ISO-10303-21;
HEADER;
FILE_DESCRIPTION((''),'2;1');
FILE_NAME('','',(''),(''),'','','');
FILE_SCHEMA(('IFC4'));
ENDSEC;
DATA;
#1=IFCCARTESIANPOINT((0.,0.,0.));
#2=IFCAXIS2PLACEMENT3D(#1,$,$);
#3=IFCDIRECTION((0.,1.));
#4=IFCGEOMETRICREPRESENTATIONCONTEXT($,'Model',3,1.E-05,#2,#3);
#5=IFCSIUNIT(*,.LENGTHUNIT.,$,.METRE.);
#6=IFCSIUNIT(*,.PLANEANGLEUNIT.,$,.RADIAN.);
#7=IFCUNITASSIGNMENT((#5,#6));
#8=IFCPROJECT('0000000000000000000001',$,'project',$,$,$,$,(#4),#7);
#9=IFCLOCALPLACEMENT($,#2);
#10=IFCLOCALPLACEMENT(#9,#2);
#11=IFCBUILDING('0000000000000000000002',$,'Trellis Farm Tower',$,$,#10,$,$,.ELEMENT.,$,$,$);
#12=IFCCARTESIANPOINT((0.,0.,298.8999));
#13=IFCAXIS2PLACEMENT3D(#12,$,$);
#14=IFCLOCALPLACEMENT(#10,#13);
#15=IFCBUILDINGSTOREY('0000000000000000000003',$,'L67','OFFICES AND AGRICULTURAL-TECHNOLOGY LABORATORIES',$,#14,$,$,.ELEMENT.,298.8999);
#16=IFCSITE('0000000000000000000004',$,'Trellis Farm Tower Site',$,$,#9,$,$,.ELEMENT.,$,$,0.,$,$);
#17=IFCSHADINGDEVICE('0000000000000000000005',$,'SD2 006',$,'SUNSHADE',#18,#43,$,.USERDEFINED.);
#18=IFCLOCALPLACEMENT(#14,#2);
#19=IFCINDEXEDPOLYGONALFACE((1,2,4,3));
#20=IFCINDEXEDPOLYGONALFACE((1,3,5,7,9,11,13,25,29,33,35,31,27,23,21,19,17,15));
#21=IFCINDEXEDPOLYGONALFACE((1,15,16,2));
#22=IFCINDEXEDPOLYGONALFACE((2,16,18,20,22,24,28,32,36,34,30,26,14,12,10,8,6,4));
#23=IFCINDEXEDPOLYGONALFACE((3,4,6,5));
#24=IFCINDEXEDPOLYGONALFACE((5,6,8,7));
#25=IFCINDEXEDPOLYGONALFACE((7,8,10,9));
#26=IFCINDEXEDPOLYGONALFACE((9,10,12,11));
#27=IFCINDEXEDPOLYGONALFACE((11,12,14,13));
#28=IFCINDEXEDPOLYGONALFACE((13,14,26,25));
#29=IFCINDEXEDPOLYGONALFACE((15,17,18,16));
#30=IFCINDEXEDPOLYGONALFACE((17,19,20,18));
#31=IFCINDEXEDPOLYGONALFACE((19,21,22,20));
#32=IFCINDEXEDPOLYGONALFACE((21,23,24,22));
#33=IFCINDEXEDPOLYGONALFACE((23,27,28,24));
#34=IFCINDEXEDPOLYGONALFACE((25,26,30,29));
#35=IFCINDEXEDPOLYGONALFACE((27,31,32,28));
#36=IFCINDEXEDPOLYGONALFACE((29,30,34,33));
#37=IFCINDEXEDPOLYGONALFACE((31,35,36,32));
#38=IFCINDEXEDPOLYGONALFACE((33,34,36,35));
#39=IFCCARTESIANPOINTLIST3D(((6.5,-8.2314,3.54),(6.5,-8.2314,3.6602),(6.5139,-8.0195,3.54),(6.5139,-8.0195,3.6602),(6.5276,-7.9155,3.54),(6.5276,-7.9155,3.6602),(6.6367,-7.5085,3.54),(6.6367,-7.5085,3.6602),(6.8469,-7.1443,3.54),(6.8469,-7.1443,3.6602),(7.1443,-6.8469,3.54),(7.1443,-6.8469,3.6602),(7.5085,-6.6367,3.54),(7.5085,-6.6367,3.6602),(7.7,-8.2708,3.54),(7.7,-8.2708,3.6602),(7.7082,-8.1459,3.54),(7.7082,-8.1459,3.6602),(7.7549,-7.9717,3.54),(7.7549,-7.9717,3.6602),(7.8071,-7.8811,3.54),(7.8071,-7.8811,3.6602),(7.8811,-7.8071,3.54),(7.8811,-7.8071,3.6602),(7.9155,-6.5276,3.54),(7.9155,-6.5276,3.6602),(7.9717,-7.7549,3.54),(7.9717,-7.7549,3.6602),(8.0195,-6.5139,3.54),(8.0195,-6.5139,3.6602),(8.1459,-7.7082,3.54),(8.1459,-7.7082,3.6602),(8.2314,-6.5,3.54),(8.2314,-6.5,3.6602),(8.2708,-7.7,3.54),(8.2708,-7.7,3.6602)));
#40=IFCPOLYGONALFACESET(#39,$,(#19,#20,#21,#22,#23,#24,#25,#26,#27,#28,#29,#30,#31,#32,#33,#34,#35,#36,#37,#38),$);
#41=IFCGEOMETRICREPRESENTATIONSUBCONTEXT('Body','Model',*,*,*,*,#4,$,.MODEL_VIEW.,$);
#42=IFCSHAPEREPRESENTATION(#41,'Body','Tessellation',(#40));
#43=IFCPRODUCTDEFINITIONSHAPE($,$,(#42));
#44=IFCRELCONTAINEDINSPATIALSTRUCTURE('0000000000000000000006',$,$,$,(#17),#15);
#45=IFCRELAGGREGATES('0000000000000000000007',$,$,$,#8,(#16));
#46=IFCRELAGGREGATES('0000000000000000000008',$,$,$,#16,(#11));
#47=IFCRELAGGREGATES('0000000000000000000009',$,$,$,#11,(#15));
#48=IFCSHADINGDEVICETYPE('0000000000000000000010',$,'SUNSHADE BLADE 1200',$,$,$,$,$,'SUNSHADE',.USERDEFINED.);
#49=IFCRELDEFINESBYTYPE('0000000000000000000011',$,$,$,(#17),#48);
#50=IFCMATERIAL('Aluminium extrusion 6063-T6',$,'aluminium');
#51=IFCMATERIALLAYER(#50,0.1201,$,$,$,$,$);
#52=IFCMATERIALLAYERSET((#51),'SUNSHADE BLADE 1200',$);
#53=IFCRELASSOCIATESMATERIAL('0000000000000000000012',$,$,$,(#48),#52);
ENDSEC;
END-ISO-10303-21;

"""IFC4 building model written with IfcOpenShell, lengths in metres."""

from ifc_helpers import new_model, si_unit, direction, frame, origin, place, context, subcontext, project, spatial, polyline, outline, extrude, source, transform, mapped, material, layer, layer_set, type_object, element, save


model = new_model("IFC4")

# Units and contexts
model_context = context("Model", 3, precision=1e-05, world=origin(), true_north=direction((0.0, 1.0)))
body_context = subcontext(model_context, "Body", "Model", "MODEL_VIEW")
ifc_project = project(units=[si_unit("LENGTHUNIT", "METRE"), si_unit("PLANEANGLEUNIT", "RADIAN")], contexts=[model_context])

# Site, building, storey
site_placement = place(None, origin())
site = spatial("IfcSite", under=ifc_project, at=site_placement, Name="Trellis Farm Tower Site", CompositionType="ELEMENT", RefElevation=0.0)
building_placement = place(site_placement, origin())
building = spatial("IfcBuilding", under=site, at=building_placement, Name="Trellis Farm Tower", CompositionType="ELEMENT")
storey_placement = place(building_placement, frame((0.0, 0.0, 298.8999)))
storey = spatial("IfcBuildingStorey", under=building, at=storey_placement, Name="L67", Description="OFFICES AND AGRICULTURAL-TECHNOLOGY LABORATORIES", CompositionType="ELEMENT", Elevation=298.8999)

# Shared definitions
ifc_material_1 = material(Name="Aluminium extrusion 6063-T6", Category="aluminium")

# Shading device
ifc_layer_1 = layer(ifc_material_1, 0.1201)
ifc_layer_set_1 = layer_set([ifc_layer_1], Name="SUNSHADE BLADE 1200")
shading_device_type = type_object("IfcShadingDeviceType", Name="SUNSHADE BLADE 1200", ElementType="SUNSHADE", PredefinedType="USERDEFINED", material=ifc_layer_set_1)
shared_shape_1 = source(origin(), body_context, "Body", "SweptSolid", [
    extrude(outline(polyline([(7.7, -8.2708), (7.7087, -8.1372), (7.707, -8.1501), (7.7549, -7.9717), (7.8071, -7.8811), (7.8811, -7.8071), (7.9717, -7.7549), (8.1501, -7.707), (8.1372, -7.7087), (8.2708, -7.7), (8.2314, -6.5), (8.0195, -6.5139), (7.9155, -6.5276), (7.5085, -6.6367), (7.1443, -6.8469), (6.8469, -7.1443), (6.6367, -7.5085), (6.5276, -7.9155), (6.5139, -8.0195), (6.5, -8.2314), (7.7, -8.2708)])), origin(), (0.0, 0.0, 1.0), 0.1201),
])
shading_device_placement = place(storey_placement, frame((0.0, 0.0, 3.54)))
element("IfcShadingDevice", 1, at=shading_device_placement, inside=storey, type_object=shading_device_type, Name="SD2 006", ObjectType="SUNSHADE", PredefinedType="USERDEFINED", context=body_context, shape_type="MappedRepresentation", body=[
    mapped(shared_shape_1, transform((0.0, 0.0, 0.0))),
])

save(model, "model.ifc")
